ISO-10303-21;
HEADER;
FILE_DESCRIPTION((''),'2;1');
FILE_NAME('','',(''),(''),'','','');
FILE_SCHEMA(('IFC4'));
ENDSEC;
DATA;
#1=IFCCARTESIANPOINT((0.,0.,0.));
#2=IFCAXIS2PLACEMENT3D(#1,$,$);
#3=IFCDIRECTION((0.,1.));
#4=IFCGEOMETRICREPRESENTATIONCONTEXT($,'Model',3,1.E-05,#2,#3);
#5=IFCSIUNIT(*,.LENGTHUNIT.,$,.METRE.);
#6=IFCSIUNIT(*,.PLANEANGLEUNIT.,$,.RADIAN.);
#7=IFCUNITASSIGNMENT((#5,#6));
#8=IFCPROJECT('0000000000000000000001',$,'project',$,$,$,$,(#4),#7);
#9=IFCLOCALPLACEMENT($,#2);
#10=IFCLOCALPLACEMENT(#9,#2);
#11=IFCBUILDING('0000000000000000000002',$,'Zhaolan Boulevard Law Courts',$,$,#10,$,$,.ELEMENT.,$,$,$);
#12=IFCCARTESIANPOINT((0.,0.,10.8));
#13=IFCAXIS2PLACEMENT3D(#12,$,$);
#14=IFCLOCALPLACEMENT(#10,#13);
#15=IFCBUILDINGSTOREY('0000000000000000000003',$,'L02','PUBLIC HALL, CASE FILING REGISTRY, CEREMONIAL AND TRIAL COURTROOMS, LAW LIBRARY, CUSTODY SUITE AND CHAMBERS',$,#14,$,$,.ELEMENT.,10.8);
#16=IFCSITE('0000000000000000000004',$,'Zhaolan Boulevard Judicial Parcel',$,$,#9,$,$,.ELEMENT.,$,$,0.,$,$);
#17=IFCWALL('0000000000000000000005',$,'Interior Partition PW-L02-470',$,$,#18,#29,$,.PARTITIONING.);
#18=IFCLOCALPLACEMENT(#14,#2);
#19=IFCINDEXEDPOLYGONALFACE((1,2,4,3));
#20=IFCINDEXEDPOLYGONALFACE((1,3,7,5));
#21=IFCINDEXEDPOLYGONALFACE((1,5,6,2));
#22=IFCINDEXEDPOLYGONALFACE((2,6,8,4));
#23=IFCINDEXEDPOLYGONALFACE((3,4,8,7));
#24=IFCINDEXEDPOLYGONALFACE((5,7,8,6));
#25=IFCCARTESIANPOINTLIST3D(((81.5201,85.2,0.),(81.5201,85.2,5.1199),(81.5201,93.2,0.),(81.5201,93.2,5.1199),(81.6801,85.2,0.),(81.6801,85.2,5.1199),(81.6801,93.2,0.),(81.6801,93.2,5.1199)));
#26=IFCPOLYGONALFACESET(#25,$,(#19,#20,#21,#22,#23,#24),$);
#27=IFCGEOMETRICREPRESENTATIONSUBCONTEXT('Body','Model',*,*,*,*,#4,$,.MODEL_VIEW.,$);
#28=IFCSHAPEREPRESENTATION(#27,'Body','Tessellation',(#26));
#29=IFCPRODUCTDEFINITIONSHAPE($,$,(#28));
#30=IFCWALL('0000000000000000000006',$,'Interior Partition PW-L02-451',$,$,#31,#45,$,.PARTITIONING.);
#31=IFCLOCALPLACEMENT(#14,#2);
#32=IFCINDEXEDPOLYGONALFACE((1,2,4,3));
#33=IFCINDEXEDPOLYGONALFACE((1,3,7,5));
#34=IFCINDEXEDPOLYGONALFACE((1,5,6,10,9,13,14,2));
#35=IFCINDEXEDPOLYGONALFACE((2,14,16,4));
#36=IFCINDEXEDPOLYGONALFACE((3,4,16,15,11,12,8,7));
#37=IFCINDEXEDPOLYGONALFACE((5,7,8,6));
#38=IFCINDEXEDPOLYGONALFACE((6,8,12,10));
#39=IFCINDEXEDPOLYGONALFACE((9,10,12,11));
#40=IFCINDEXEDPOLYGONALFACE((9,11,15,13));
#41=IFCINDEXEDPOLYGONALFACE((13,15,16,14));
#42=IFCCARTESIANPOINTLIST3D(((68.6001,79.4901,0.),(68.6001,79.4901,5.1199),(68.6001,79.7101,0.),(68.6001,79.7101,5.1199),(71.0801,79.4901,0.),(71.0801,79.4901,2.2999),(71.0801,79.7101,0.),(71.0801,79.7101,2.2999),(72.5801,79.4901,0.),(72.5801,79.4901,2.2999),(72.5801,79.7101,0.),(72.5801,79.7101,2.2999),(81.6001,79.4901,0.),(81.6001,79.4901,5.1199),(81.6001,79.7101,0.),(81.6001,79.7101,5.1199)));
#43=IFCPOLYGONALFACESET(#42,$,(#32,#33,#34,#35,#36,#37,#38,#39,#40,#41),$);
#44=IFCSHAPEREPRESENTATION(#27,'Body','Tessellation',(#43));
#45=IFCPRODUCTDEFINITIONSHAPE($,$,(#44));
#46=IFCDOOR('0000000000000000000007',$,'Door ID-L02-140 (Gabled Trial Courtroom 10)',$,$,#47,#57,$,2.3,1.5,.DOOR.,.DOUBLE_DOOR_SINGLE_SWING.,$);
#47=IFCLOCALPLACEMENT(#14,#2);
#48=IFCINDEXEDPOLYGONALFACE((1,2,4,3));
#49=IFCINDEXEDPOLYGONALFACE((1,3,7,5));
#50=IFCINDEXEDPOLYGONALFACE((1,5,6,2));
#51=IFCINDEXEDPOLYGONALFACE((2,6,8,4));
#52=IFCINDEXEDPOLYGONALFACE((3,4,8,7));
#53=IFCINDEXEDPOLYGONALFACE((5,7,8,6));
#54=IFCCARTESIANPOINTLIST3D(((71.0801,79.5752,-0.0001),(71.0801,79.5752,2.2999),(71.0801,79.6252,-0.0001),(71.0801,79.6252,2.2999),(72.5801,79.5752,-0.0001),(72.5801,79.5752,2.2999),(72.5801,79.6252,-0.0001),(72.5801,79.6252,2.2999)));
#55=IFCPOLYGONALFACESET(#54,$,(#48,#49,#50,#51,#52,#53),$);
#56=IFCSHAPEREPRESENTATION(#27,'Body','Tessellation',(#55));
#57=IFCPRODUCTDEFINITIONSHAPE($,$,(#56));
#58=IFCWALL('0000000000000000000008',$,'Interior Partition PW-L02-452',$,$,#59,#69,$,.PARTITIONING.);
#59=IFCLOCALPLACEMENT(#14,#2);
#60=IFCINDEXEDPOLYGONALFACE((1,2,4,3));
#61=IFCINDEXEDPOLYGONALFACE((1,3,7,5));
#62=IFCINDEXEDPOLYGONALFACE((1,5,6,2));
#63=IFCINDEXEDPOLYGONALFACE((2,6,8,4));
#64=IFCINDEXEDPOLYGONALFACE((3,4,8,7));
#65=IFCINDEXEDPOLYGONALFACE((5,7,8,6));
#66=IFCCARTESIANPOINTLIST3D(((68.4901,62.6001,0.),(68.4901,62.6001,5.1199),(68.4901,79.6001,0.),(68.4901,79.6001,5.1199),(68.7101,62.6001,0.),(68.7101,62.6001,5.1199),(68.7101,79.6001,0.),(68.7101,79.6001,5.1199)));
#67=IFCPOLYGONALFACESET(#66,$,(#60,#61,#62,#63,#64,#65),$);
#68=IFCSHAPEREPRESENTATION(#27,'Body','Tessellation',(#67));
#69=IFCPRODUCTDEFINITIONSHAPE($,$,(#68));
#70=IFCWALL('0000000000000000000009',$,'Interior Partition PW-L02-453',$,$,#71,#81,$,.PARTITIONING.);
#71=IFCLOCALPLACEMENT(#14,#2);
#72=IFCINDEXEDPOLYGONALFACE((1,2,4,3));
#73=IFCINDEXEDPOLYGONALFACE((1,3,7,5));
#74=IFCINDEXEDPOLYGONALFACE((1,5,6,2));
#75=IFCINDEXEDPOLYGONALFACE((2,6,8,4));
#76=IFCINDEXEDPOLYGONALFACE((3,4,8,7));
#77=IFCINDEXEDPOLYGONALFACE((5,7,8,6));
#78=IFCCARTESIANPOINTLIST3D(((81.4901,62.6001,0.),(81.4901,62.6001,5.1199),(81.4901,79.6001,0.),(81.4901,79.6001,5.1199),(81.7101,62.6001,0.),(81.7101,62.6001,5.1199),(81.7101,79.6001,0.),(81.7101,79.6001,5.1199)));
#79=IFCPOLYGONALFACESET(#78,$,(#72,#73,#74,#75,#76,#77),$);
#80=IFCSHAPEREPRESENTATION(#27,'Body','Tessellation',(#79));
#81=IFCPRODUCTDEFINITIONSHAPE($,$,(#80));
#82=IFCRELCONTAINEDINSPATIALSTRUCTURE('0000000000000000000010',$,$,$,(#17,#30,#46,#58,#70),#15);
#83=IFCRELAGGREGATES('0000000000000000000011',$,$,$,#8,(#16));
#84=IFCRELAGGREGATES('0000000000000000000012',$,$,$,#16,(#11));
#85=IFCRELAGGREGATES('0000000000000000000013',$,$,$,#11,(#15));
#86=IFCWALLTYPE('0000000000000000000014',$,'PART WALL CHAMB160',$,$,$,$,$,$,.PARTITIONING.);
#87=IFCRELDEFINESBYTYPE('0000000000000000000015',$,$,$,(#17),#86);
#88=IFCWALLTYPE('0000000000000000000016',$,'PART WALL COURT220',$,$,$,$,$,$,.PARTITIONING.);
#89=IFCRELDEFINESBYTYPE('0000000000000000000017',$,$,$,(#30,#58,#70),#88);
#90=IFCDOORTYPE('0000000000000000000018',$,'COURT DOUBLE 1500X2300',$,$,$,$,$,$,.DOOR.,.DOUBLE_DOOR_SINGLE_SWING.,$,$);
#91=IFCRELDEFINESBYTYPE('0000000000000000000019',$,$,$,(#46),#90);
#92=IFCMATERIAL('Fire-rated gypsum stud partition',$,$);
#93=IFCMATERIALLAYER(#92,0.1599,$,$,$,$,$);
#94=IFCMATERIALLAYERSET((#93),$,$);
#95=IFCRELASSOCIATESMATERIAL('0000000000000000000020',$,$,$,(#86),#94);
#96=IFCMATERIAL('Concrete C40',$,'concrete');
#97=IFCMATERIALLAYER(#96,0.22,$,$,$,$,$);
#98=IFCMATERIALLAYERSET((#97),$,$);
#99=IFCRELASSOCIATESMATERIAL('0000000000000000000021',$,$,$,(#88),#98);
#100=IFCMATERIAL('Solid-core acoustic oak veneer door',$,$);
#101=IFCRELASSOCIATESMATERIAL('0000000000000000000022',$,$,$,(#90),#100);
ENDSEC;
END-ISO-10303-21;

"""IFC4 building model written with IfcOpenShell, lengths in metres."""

from ifc_helpers import new_model, si_unit, direction, frame, frame_2d, origin, place, context, subcontext, project, spatial, rectangle, extrude, material, layer, layer_set, type_object, element, fill, save


model = new_model("IFC4")

# Units and contexts
model_context = context("Model", 3, precision=1e-05, world=origin(), true_north=direction((0.0, 1.0)))
body_context = subcontext(model_context, "Body", "Model", "MODEL_VIEW")
ifc_project = project(units=[si_unit("LENGTHUNIT", "METRE"), si_unit("PLANEANGLEUNIT", "RADIAN")], contexts=[model_context])

# Site, building, storey
site_placement = place(None, origin())
site = spatial("IfcSite", under=ifc_project, at=site_placement, Name="Zhaolan Boulevard Judicial Parcel", CompositionType="ELEMENT", RefElevation=0.0)
building_placement = place(site_placement, origin())
building = spatial("IfcBuilding", under=site, at=building_placement, Name="Zhaolan Boulevard Law Courts", CompositionType="ELEMENT")
storey_placement = place(building_placement, frame((0.0, 0.0, 10.8)))
storey = spatial("IfcBuildingStorey", under=building, at=storey_placement, Name="L02", Description="PUBLIC HALL, CASE FILING REGISTRY, CEREMONIAL AND TRIAL COURTROOMS, LAW LIBRARY, CUSTODY SUITE AND CHAMBERS", CompositionType="ELEMENT", Elevation=10.8)

# Shared definitions
ifc_material_1 = material(Name="Fire-rated gypsum stud partition")
ifc_layer_1 = layer(ifc_material_1, 0.1599)
ifc_layer_set_1 = layer_set([ifc_layer_1])
wall_type_1 = type_object("IfcWallType", Name="PART WALL CHAMB160", PredefinedType="PARTITIONING", material=ifc_layer_set_1)

# Wall
wall_1_placement = place(storey_placement, frame((81.6001, 85.2, 0.0), z_axis=(0.0, 0.0, 1.0), x_axis=(0.0, 1.0, 0.0)))
element("IfcWall", 1, at=wall_1_placement, inside=storey, type_object=wall_type_1, Name="Interior Partition PW-L02-470", PredefinedType="PARTITIONING", context=body_context, shape_type="SweptSolid", body=[
    extrude(rectangle(XDim=8.0, YDim=0.1599, at=frame_2d((4.0, 0.0))), origin(), (0.0, 0.0, 1.0), 5.1199),
])

# Wall, opening, door
ifc_material_2 = material(Name="Concrete C40", Category="concrete")
ifc_layer_2 = layer(ifc_material_2, 0.22)
ifc_layer_set_2 = layer_set([ifc_layer_2])
wall_type_2 = type_object("IfcWallType", Name="PART WALL COURT220", PredefinedType="PARTITIONING", material=ifc_layer_set_2)
wall_2_placement = place(storey_placement, frame((81.6001, 79.6001, 0.0), z_axis=(0.0, 0.0, 1.0), x_axis=(-1.0, 0.0, 0.0)))
wall_2 = element("IfcWall", 2, at=wall_2_placement, inside=storey, type_object=wall_type_2, Name="Interior Partition PW-L02-451", PredefinedType="PARTITIONING", context=body_context, shape_type="SweptSolid", body=[
    extrude(rectangle(XDim=13.0, YDim=0.22, at=frame_2d((6.5, 0.0))), origin(), (0.0, 0.0, 1.0), 5.1199),
])
opening_1_placement = place(wall_2_placement, frame((9.02, 0.0, 0.0)))
opening_1 = element("IfcOpeningElement", 3, at=opening_1_placement, cuts=wall_2, PredefinedType="OPENING", context=body_context, shape_type="SweptSolid", body=[
    extrude(rectangle(XDim=1.5, YDim=2.3, at=frame_2d((0.75, 1.1499))), frame((0.0, 0.1199, 0.0), z_axis=(0.0, -1.0, 0.0), x_axis=(1.0, 0.0, 0.0)), (0.0, 0.0, 1.0), 0.24),
])
ifc_material_3 = material(Name="Solid-core acoustic oak veneer door")
door_type_1 = type_object("IfcDoorType", Name="COURT DOUBLE 1500X2300", OperationType="DOUBLE_DOOR_SINGLE_SWING", PredefinedType="DOOR", material=ifc_material_3)
door_1_placement = place(opening_1_placement, origin())
door_1 = element("IfcDoor", 4, at=door_1_placement, inside=storey, type_object=door_type_1, Name="Door ID-L02-140 (Gabled Trial Courtroom 10)", OperationType="DOUBLE_DOOR_SINGLE_SWING", OverallHeight=2.3, OverallWidth=1.5, PredefinedType="DOOR", context=body_context, shape_type="SweptSolid", body=[
    extrude(rectangle(XDim=1.5, YDim=2.3, at=frame_2d((0.75, 1.1499))), frame((0.0, 0.0249, 0.0), z_axis=(0.0, -1.0, 0.0), x_axis=(1.0, 0.0, 0.0)), (0.0, 0.0, 1.0), 0.05),
])
fill(opening_1, door_1)

# Walls
for number, where, z_axis, x_axis, name in (
    (5, (68.6001, 79.6001, 0.0), (0.0, 0.0, 1.0), (0.0, -1.0, 0.0), "Interior Partition PW-L02-452"),
    (6, (81.6001, 62.6001, 0.0), (0.0, 0.0, 1.0), (0.0, 1.0, 0.0), "Interior Partition PW-L02-453"),
):
    element("IfcWall", number, at=place(storey_placement, frame(where, z_axis=z_axis, x_axis=x_axis)), inside=storey, type_object=wall_type_2, Name=name, PredefinedType="PARTITIONING", context=body_context, shape_type="SweptSolid", body=[
        extrude(rectangle(XDim=17.0, YDim=0.22, at=frame_2d((8.5, 0.0))), origin(), (0.0, 0.0, 1.0), 5.1199),
    ])

save(model, "model.ifc")
